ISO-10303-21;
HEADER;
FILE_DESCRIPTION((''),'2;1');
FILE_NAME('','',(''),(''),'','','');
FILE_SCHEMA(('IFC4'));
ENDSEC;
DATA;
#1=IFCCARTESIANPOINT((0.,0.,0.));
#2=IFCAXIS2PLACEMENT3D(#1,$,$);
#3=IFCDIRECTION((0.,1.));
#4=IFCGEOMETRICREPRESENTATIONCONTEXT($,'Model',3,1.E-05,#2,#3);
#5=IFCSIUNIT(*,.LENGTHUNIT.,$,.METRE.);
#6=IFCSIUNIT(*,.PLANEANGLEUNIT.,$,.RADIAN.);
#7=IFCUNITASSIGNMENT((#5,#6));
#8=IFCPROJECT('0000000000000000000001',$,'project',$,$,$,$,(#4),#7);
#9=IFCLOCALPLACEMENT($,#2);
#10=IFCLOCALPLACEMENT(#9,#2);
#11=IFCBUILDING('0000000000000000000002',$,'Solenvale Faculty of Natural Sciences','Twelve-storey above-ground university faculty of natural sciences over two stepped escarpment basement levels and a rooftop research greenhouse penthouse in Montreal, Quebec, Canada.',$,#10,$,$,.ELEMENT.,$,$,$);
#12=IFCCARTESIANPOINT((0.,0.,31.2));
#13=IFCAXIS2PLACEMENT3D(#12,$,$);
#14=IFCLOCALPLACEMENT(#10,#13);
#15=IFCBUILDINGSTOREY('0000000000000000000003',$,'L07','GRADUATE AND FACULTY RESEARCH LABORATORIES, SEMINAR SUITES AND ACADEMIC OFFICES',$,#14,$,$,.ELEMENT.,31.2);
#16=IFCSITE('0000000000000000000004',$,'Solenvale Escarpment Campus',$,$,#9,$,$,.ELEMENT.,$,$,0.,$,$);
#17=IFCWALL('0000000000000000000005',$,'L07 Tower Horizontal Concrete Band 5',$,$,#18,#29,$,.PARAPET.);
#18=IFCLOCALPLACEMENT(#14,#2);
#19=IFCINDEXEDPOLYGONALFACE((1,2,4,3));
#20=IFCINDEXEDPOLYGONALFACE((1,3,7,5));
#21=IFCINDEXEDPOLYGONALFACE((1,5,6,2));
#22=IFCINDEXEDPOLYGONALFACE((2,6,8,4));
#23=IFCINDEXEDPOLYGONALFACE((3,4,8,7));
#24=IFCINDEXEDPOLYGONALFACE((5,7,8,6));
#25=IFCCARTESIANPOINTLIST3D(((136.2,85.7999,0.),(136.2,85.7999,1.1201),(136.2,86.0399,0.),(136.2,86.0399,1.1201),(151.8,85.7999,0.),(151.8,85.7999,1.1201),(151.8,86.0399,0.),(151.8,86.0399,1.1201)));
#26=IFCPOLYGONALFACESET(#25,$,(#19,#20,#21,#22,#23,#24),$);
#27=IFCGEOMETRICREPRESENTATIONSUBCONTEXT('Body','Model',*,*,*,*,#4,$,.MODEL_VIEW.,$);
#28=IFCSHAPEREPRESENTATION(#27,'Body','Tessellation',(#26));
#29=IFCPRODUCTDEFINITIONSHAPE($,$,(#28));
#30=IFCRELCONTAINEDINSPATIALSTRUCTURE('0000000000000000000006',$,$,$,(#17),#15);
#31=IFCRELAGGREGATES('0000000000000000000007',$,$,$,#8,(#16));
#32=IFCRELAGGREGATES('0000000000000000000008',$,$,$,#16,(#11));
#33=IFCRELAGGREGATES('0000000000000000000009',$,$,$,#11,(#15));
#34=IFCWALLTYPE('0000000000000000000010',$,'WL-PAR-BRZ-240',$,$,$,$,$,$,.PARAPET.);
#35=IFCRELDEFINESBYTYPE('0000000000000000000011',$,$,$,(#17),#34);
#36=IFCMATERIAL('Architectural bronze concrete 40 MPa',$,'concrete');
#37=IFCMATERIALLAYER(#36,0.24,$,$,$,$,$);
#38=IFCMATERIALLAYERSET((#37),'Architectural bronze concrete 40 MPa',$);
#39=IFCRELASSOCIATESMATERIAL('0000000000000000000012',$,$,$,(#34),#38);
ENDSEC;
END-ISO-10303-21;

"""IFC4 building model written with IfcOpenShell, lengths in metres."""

from ifc_helpers import new_model, si_unit, direction, frame, frame_2d, origin, place, context, subcontext, project, spatial, rectangle, extrude, material, layer, layer_set, type_object, element, save


model = new_model("IFC4")

# Units and contexts
model_context = context("Model", 3, precision=1e-05, world=origin(), true_north=direction((0.0, 1.0)))
body_context = subcontext(model_context, "Body", "Model", "MODEL_VIEW")
ifc_project = project(units=[si_unit("LENGTHUNIT", "METRE"), si_unit("PLANEANGLEUNIT", "RADIAN")], contexts=[model_context])

# Site, building, storey
site_placement = place(None, origin())
site = spatial("IfcSite", under=ifc_project, at=site_placement, Name="Solenvale Escarpment Campus", CompositionType="ELEMENT", RefElevation=0.0)
building_placement = place(site_placement, origin())
building = spatial("IfcBuilding", under=site, at=building_placement, Name="Solenvale Faculty of Natural Sciences", Description="Twelve-storey above-ground university faculty of natural sciences over two stepped escarpment basement levels and a rooftop research greenhouse penthouse in Montreal, Quebec, Canada.", CompositionType="ELEMENT")
storey_placement = place(building_placement, frame((0.0, 0.0, 31.2)))
storey = spatial("IfcBuildingStorey", under=building, at=storey_placement, Name="L07", Description="GRADUATE AND FACULTY RESEARCH LABORATORIES, SEMINAR SUITES AND ACADEMIC OFFICES", CompositionType="ELEMENT", Elevation=31.2)

# Wall
ifc_material_1 = material(Name="Architectural bronze concrete 40 MPa", Category="concrete")
ifc_layer_1 = layer(ifc_material_1, 0.24)
ifc_layer_set_1 = layer_set([ifc_layer_1], Name="Architectural bronze concrete 40 MPa")
wall_type_1 = type_object("IfcWallType", Name="WL-PAR-BRZ-240", PredefinedType="PARAPET", material=ifc_layer_set_1)
wall_1_placement = place(storey_placement, frame((151.8, 85.9199, 0.0), z_axis=(0.0, 0.0, 1.0), x_axis=(-1.0, 0.0, 0.0)))
element("IfcWall", 1, at=wall_1_placement, inside=storey, type_object=wall_type_1, Name="L07 Tower Horizontal Concrete Band 5", PredefinedType="PARAPET", context=body_context, shape_type="SweptSolid", body=[
    extrude(rectangle(XDim=15.6001, YDim=0.24, at=frame_2d((7.8, 0.0))), origin(), (0.0, 0.0, 1.0), 1.1201),
])

save(model, "model.ifc")
